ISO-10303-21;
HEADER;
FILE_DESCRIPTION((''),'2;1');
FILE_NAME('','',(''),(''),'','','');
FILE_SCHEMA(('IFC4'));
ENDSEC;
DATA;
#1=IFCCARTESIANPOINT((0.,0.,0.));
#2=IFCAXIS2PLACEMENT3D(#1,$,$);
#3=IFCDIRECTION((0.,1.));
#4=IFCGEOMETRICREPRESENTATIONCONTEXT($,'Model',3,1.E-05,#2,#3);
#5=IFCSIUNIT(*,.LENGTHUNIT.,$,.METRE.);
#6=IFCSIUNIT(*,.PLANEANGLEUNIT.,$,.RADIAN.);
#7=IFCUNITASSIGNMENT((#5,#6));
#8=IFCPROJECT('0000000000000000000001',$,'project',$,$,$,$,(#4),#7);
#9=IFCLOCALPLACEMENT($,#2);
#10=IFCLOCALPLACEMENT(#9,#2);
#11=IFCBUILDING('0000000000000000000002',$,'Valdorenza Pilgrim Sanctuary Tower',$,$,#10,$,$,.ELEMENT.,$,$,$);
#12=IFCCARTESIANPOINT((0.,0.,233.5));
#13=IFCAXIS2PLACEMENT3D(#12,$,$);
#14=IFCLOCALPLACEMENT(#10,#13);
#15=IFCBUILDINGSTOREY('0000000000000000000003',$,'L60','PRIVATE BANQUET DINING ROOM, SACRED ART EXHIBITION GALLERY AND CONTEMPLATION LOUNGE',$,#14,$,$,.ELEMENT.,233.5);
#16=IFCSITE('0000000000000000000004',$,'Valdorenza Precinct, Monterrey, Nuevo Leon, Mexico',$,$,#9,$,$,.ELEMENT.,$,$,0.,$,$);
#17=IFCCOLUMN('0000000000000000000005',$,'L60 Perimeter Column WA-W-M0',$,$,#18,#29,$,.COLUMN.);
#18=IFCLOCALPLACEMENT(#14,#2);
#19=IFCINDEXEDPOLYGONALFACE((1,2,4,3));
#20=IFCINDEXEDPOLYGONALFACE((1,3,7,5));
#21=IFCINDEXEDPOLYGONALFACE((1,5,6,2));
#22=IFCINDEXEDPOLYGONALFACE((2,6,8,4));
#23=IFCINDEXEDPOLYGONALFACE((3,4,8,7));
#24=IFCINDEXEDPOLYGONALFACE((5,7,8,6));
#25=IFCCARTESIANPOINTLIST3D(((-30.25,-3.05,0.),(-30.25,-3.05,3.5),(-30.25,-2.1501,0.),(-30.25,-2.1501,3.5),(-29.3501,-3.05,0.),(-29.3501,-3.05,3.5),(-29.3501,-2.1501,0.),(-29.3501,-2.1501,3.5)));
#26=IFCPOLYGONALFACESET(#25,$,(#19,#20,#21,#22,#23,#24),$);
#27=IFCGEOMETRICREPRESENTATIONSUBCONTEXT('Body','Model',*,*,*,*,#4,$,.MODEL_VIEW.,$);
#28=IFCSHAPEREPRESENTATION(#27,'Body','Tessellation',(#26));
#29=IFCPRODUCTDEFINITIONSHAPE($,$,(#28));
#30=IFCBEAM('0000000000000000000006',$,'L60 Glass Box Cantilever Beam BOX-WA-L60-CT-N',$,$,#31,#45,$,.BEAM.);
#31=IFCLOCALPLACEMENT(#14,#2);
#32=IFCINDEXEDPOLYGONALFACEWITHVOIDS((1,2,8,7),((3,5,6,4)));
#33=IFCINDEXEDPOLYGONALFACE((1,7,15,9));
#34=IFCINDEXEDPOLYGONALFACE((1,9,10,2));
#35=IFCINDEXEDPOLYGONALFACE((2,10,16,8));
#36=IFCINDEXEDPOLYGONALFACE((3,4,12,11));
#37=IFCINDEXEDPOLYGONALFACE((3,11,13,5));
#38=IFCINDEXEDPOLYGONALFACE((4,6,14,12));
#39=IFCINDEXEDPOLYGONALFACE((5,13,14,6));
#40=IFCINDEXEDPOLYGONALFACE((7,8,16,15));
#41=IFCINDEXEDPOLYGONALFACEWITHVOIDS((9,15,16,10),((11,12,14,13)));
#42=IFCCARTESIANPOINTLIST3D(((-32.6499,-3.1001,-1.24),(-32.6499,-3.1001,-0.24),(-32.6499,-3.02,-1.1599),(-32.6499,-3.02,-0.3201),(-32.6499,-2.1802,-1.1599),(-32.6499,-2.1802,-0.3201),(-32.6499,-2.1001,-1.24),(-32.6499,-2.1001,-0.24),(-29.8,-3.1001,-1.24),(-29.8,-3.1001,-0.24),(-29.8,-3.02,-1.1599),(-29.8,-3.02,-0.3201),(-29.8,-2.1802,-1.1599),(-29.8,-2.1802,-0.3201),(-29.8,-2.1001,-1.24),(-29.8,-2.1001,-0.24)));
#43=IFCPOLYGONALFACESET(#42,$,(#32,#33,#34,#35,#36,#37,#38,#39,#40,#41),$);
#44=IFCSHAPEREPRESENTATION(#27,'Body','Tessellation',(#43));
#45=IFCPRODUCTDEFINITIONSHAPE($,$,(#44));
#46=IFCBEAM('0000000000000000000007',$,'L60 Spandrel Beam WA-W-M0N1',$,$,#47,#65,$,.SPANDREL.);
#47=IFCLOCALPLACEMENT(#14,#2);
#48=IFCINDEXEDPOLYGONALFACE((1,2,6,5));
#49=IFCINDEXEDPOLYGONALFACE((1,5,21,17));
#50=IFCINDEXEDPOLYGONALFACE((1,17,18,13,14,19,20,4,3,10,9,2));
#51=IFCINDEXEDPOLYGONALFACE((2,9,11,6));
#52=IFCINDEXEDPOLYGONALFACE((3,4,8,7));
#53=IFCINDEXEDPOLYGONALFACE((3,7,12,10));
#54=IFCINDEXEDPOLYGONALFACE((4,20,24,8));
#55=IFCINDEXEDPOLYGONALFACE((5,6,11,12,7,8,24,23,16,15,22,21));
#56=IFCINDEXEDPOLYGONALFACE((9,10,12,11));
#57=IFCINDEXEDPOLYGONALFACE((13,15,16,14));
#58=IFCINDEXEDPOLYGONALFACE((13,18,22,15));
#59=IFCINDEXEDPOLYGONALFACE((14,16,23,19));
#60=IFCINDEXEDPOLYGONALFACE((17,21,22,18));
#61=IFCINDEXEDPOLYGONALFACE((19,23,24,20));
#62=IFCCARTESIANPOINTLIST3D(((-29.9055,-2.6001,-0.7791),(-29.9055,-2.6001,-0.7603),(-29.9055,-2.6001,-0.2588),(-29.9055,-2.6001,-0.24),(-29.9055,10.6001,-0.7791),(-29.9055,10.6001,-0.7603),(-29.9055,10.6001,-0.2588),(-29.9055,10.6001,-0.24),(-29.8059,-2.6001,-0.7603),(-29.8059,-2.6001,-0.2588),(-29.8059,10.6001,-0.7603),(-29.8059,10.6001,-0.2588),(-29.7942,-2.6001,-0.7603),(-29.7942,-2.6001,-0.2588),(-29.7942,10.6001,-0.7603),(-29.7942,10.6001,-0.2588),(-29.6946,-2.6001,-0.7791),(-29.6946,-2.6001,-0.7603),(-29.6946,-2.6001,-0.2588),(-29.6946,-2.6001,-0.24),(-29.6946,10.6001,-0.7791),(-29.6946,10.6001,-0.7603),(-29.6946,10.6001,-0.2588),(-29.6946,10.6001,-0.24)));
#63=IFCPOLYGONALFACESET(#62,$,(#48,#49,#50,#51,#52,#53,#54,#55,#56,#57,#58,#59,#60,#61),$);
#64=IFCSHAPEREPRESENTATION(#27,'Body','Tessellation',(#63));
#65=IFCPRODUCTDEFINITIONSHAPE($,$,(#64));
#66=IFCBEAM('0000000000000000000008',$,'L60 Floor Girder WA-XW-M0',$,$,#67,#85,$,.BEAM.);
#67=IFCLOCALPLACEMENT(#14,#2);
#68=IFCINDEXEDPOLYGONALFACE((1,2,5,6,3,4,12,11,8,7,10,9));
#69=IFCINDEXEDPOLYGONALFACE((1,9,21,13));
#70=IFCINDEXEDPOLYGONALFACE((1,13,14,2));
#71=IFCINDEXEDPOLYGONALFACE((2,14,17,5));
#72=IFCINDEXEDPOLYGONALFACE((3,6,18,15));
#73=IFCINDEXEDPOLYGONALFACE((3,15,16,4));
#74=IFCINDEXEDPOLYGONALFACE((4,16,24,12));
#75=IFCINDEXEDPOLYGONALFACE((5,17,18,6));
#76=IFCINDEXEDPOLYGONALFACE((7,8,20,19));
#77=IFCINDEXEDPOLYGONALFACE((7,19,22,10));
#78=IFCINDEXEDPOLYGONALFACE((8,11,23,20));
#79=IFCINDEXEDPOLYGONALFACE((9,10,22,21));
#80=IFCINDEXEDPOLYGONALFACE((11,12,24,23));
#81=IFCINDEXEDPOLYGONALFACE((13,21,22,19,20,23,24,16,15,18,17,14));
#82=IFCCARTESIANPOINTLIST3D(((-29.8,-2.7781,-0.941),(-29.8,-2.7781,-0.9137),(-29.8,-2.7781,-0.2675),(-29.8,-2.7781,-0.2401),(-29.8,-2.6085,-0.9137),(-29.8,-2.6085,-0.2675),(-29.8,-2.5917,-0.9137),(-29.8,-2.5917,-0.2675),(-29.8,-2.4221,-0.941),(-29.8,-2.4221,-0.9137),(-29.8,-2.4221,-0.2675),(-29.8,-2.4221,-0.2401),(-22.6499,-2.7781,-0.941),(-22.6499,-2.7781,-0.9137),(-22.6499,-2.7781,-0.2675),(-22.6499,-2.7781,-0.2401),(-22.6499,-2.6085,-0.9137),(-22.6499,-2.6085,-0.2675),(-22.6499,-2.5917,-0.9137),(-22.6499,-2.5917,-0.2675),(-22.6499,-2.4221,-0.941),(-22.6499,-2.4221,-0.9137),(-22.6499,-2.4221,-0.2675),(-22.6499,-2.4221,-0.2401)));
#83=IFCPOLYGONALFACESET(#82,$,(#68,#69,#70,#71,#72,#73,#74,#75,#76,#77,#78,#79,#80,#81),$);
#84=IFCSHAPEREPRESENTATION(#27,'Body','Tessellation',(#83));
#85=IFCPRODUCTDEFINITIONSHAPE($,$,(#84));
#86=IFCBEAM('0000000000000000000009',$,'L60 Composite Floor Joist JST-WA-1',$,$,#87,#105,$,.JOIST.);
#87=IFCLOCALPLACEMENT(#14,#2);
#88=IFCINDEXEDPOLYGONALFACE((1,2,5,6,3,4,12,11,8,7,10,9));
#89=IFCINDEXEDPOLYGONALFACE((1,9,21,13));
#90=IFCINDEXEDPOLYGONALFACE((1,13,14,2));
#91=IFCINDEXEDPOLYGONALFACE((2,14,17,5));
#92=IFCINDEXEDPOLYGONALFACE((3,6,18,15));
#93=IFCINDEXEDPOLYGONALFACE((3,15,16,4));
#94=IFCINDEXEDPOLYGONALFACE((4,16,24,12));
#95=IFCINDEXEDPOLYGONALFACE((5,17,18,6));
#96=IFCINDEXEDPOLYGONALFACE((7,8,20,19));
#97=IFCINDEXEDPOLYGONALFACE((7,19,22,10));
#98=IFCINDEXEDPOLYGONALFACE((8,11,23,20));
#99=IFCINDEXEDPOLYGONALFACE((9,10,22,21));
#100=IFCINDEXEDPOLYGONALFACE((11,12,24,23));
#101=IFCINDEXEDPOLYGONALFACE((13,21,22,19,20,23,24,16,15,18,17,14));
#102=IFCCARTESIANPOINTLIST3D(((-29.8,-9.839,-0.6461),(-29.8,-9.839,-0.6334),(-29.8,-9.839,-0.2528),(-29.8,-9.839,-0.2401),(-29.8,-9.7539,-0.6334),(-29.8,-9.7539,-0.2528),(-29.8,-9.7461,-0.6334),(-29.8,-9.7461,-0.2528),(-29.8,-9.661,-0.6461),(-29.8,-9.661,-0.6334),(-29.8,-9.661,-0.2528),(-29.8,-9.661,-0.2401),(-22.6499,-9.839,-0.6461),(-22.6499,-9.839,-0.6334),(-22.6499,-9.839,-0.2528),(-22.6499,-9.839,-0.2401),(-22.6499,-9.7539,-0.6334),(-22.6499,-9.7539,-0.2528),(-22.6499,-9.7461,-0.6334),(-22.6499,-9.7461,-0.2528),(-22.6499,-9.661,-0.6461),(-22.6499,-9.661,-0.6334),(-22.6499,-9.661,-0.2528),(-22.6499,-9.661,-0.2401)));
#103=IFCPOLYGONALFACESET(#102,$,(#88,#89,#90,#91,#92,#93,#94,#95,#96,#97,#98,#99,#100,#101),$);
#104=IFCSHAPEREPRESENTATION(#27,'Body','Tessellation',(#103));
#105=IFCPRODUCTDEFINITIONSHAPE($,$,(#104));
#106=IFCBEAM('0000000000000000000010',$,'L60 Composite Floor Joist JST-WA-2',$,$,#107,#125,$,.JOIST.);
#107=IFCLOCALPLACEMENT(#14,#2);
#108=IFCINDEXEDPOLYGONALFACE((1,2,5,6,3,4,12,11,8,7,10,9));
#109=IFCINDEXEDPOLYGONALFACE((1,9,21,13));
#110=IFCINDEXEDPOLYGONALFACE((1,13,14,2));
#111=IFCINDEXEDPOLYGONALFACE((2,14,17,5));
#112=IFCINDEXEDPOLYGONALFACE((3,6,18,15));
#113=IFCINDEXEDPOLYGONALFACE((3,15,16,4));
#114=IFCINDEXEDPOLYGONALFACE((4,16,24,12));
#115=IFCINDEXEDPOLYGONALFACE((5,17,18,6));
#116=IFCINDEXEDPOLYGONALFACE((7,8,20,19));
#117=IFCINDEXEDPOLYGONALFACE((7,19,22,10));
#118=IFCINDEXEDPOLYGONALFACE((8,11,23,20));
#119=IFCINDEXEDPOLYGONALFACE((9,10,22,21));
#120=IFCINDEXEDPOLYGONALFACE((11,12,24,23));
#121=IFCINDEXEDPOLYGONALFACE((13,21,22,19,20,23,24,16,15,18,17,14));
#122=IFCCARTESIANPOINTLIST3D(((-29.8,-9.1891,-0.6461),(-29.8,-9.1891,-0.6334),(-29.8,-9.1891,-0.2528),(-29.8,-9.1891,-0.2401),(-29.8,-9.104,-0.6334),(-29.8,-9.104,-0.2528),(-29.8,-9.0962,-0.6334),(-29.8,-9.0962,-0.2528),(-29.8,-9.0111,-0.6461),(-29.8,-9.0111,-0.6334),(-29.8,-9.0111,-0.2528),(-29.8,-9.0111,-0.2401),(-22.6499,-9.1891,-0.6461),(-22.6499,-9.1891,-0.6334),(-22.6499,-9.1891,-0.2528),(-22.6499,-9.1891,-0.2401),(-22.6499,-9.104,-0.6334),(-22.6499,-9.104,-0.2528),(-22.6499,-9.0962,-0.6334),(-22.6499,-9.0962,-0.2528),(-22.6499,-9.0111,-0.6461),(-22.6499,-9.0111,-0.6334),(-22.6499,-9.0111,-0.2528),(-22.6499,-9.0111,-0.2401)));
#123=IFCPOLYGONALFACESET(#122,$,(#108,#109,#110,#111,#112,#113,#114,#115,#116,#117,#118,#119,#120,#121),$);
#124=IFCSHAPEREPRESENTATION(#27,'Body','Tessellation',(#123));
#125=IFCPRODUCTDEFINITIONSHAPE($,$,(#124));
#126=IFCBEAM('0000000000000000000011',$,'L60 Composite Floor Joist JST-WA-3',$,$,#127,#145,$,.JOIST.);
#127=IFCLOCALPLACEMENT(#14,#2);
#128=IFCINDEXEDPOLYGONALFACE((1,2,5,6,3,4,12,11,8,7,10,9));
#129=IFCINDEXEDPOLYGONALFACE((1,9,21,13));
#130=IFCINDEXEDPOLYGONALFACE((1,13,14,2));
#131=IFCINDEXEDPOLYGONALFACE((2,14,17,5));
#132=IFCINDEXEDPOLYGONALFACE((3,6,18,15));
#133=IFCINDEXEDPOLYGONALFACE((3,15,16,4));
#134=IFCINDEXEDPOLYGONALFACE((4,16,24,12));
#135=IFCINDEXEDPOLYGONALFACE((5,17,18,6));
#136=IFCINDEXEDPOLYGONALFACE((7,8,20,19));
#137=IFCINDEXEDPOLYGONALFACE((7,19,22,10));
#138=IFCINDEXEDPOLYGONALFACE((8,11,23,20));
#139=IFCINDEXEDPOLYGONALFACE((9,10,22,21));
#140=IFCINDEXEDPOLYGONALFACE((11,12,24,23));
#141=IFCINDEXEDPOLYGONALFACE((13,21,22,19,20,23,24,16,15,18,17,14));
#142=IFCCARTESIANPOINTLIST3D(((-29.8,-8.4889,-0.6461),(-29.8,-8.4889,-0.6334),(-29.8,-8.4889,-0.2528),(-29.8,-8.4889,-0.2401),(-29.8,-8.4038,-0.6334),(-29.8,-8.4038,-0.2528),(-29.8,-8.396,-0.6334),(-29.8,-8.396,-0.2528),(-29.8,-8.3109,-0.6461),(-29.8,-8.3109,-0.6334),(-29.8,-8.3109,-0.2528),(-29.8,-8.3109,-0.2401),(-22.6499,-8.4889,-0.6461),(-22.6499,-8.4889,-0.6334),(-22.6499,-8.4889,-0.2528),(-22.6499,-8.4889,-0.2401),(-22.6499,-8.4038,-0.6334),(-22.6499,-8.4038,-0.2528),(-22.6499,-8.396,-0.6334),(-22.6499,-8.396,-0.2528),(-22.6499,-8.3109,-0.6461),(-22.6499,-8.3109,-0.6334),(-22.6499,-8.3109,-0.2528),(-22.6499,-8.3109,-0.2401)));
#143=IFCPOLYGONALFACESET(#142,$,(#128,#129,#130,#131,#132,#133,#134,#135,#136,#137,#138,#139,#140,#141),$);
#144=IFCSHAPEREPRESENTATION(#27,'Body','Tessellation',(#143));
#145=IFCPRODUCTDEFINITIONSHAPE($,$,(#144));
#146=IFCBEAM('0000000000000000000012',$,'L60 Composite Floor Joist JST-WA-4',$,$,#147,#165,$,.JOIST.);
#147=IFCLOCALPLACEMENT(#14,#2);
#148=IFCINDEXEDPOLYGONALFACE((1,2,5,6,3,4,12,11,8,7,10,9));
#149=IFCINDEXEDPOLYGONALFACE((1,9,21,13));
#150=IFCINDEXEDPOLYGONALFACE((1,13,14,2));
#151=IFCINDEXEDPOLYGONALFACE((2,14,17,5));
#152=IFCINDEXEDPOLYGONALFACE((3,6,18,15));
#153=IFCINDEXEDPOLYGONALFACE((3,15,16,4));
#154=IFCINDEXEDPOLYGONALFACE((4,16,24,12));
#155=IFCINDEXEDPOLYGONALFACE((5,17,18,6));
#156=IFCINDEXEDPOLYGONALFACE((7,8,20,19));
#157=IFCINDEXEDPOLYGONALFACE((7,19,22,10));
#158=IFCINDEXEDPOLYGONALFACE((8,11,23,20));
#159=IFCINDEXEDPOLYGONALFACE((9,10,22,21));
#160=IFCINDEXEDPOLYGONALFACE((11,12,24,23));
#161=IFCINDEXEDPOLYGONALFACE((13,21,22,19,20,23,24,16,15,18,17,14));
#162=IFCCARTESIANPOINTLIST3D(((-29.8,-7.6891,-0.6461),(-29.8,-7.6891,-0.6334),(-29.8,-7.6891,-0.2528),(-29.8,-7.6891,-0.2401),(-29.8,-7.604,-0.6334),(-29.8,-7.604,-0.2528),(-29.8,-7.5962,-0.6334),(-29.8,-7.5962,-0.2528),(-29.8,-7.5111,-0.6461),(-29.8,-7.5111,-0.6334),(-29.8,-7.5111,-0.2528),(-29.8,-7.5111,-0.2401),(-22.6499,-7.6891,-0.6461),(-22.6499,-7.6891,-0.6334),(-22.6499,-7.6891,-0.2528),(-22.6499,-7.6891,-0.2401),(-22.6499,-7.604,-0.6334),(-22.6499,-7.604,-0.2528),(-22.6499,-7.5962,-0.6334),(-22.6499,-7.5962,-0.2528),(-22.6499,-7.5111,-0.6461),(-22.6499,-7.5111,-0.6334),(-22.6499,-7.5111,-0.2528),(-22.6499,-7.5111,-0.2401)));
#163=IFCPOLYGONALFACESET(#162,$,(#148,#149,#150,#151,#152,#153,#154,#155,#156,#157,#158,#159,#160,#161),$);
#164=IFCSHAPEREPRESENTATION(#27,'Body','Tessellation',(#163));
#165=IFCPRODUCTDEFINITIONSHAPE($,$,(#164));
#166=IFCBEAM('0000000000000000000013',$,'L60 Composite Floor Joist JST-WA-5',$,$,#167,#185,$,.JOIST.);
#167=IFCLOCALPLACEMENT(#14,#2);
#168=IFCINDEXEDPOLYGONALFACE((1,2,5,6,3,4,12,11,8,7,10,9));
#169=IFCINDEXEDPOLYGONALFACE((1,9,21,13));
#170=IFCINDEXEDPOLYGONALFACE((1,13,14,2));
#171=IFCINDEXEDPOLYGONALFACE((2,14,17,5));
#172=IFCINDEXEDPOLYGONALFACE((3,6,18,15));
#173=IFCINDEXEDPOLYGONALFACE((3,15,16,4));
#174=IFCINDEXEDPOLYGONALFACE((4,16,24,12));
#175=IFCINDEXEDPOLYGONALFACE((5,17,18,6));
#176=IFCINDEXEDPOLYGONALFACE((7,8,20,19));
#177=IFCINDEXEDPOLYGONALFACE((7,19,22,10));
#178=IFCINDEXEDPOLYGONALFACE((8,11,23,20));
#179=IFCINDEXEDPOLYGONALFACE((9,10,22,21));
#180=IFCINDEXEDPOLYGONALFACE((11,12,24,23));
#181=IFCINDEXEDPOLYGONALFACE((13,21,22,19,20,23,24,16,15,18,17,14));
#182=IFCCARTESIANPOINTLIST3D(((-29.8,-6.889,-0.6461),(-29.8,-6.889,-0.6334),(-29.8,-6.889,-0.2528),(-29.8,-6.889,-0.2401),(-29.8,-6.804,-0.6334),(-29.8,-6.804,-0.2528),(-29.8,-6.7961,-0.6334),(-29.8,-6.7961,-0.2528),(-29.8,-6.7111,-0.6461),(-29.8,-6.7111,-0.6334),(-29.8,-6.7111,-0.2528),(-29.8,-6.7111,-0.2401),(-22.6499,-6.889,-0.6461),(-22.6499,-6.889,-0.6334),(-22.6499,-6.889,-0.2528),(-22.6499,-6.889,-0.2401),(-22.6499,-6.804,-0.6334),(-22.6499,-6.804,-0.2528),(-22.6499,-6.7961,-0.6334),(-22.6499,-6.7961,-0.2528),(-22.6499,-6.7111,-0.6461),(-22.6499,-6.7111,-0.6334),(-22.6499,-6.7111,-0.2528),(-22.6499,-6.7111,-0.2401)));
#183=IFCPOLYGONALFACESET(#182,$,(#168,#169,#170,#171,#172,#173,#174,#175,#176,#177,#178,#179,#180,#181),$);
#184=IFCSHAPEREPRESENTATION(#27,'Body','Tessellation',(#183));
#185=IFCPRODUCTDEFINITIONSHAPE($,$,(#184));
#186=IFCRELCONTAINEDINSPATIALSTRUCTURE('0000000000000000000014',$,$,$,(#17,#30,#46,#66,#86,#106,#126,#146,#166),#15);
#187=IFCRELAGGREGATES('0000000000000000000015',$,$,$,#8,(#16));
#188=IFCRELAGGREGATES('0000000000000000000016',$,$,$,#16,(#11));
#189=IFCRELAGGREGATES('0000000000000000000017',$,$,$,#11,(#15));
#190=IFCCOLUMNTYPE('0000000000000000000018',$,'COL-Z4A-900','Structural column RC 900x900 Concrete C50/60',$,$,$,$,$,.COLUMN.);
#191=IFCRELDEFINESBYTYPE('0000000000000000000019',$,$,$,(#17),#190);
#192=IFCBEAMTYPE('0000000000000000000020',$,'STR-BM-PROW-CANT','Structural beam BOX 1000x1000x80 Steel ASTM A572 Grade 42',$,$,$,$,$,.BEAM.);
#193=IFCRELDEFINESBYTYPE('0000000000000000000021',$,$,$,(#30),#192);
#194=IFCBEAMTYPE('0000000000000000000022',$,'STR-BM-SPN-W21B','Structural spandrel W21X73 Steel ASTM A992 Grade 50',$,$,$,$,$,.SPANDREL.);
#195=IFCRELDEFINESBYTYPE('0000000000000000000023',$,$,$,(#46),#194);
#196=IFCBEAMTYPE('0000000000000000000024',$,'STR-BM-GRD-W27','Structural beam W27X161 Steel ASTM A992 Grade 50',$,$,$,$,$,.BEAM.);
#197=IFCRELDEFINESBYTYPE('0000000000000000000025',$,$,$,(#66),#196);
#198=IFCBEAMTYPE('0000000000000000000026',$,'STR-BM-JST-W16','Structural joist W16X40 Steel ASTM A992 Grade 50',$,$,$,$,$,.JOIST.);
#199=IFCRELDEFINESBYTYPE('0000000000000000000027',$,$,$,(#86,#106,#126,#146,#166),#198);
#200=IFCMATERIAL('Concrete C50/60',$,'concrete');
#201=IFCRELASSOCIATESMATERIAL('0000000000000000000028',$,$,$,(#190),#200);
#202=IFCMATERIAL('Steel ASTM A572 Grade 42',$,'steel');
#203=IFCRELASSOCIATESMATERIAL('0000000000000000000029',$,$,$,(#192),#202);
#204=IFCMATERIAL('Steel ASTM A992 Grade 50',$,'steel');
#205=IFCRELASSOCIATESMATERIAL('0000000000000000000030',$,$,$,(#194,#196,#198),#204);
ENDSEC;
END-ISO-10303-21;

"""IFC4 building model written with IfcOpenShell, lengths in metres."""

from ifc_helpers import new_model, si_unit, direction, frame, origin, origin_2d, place, context, subcontext, project, spatial, rectangle, hollow_rectangle, i_section, extrude, source, transform, mapped, material, material_profile, profile_set, type_object, element, save


model = new_model("IFC4")

# Units and contexts
model_context = context("Model", 3, precision=1e-05, world=origin(), true_north=direction((0.0, 1.0)))
body_context = subcontext(model_context, "Body", "Model", "MODEL_VIEW")
ifc_project = project(units=[si_unit("LENGTHUNIT", "METRE"), si_unit("PLANEANGLEUNIT", "RADIAN")], contexts=[model_context])

# Site, building, storey
site_placement = place(None, origin())
site = spatial("IfcSite", under=ifc_project, at=site_placement, Name="Valdorenza Precinct, Monterrey, Nuevo Leon, Mexico", CompositionType="ELEMENT", RefElevation=0.0)
building_placement = place(site_placement, origin())
building = spatial("IfcBuilding", under=site, at=building_placement, Name="Valdorenza Pilgrim Sanctuary Tower", CompositionType="ELEMENT")
storey_placement = place(building_placement, frame((0.0, 0.0, 233.5)))
storey = spatial("IfcBuildingStorey", under=building, at=storey_placement, Name="L60", Description="PRIVATE BANQUET DINING ROOM, SACRED ART EXHIBITION GALLERY AND CONTEMPLATION LOUNGE", CompositionType="ELEMENT", Elevation=233.5)

# Column
ifc_material_1 = material(Name="Concrete C50/60", Category="concrete")
ifc_material_profile_1 = material_profile(ifc_material_1, rectangle(XDim=0.8999, YDim=0.8999, at=origin_2d()), Name="RC 900x900")
ifc_profile_set_1 = profile_set([ifc_material_profile_1], Name="Concrete C50/60")
column_type = type_object("IfcColumnType", Name="COL-Z4A-900", Description="Structural column RC 900x900 Concrete C50/60", PredefinedType="COLUMN", material=ifc_profile_set_1)
shared_shape_1 = source(origin(), body_context, "Body", "SweptSolid", [
    extrude(rectangle(XDim=0.8999, YDim=0.8999, at=origin_2d()), origin(), (0.0, 0.0, 1.0), 3.5),
])
column_placement = place(storey_placement, frame((-29.8, -2.6001, 0.0), z_axis=(0.0, 0.0, 1.0), x_axis=(1.0, 0.0, 0.0)))
element("IfcColumn", 1, at=column_placement, inside=storey, type_object=column_type, Name="L60 Perimeter Column WA-W-M0", PredefinedType="COLUMN", context=body_context, shape_type="MappedRepresentation", body=[
    mapped(shared_shape_1, transform((0.0, 0.0, 0.0), x_axis=(1.0, 0.0, 0.0), y_axis=(0.0, 1.0, 0.0), z_axis=(0.0, 0.0, 1.0), scale=1.0)),
])

# Beams
ifc_material_2 = material(Name="Steel ASTM A572 Grade 42", Category="steel")
ifc_material_profile_2 = material_profile(ifc_material_2, hollow_rectangle(XDim=1.0, YDim=1.0, WallThickness=0.0801, at=origin_2d()), Name="BOX 1000x1000x80")
ifc_profile_set_2 = profile_set([ifc_material_profile_2], Name="Steel ASTM A572 Grade 42")
beam_type_1 = type_object("IfcBeamType", Name="STR-BM-PROW-CANT", Description="Structural beam BOX 1000x1000x80 Steel ASTM A572 Grade 42", PredefinedType="BEAM", material=ifc_profile_set_2)
shared_shape_2 = source(origin(), body_context, "Body", "SweptSolid", [
    extrude(hollow_rectangle(XDim=1.0, YDim=1.0, WallThickness=0.0801, at=origin_2d()), origin(), (0.0, 0.0, 1.0), 2.8499),
])
beam_1_placement = place(storey_placement, frame((-29.8, -2.6001, -0.74), z_axis=(-1.0, 0.0, 0.0), x_axis=(0.0, -1.0, 0.0)))
element("IfcBeam", 2, at=beam_1_placement, inside=storey, type_object=beam_type_1, Name="L60 Glass Box Cantilever Beam BOX-WA-L60-CT-N", PredefinedType="BEAM", context=body_context, shape_type="MappedRepresentation", body=[
    mapped(shared_shape_2, transform((0.0, 0.0, 0.0), x_axis=(1.0, 0.0, 0.0), y_axis=(0.0, 1.0, 0.0), z_axis=(0.0, 0.0, 1.0), scale=1.0)),
])
ifc_material_3 = material(Name="Steel ASTM A992 Grade 50", Category="steel")
ifc_material_profile_3 = material_profile(ifc_material_3, i_section(OverallWidth=0.2109, OverallDepth=0.5391, WebThickness=0.0117, FlangeThickness=0.0188, at=origin_2d()), Name="W21X73")
ifc_profile_set_3 = profile_set([ifc_material_profile_3], Name="Steel ASTM A992 Grade 50")
beam_type_2 = type_object("IfcBeamType", Name="STR-BM-SPN-W21B", Description="Structural spandrel W21X73 Steel ASTM A992 Grade 50", PredefinedType="SPANDREL", material=ifc_profile_set_3)
shared_shape_3 = source(origin(), body_context, "Body", "SweptSolid", [
    extrude(i_section(OverallWidth=0.2109, OverallDepth=0.5391, WebThickness=0.0117, FlangeThickness=0.0188, at=origin_2d()), origin(), (0.0, 0.0, 1.0), 13.2002),
])
beam_2_placement = place(storey_placement, frame((-29.8, -2.6001, -0.5095), z_axis=(0.0, 1.0, 0.0), x_axis=(-1.0, 0.0, 0.0)))
element("IfcBeam", 3, at=beam_2_placement, inside=storey, type_object=beam_type_2, Name="L60 Spandrel Beam WA-W-M0N1", PredefinedType="SPANDREL", context=body_context, shape_type="MappedRepresentation", body=[
    mapped(shared_shape_3, transform((0.0, 0.0, 0.0), x_axis=(1.0, 0.0, 0.0), y_axis=(0.0, 1.0, 0.0), z_axis=(0.0, 0.0, 1.0), scale=1.0)),
])
ifc_material_profile_4 = material_profile(ifc_material_3, i_section(OverallWidth=0.356, OverallDepth=0.7009, WebThickness=0.0168, FlangeThickness=0.0273, at=origin_2d()), Name="W27X161")
ifc_profile_set_4 = profile_set([ifc_material_profile_4], Name="Steel ASTM A992 Grade 50")
beam_type_3 = type_object("IfcBeamType", Name="STR-BM-GRD-W27", Description="Structural beam W27X161 Steel ASTM A992 Grade 50", PredefinedType="BEAM", material=ifc_profile_set_4)
shared_shape_4 = source(origin(), body_context, "Body", "SweptSolid", [
    extrude(i_section(OverallWidth=0.356, OverallDepth=0.7009, WebThickness=0.0168, FlangeThickness=0.0273, at=origin_2d()), origin(), (0.0, 0.0, 1.0), 7.1501),
])
beam_3_placement = place(storey_placement, frame((-29.8, -2.6001, -0.5906), z_axis=(1.0, 0.0, 0.0), x_axis=(0.0, 1.0, 0.0)))
element("IfcBeam", 4, at=beam_3_placement, inside=storey, type_object=beam_type_3, Name="L60 Floor Girder WA-XW-M0", PredefinedType="BEAM", context=body_context, shape_type="MappedRepresentation", body=[
    mapped(shared_shape_4, transform((0.0, 0.0, 0.0), x_axis=(1.0, 0.0, 0.0), y_axis=(0.0, 1.0, 0.0), z_axis=(0.0, 0.0, 1.0), scale=1.0)),
])
ifc_material_profile_5 = material_profile(ifc_material_3, i_section(OverallWidth=0.178, OverallDepth=0.406, WebThickness=0.0078, FlangeThickness=0.0127, at=origin_2d()), Name="W16X40")
ifc_profile_set_5 = profile_set([ifc_material_profile_5], Name="Steel ASTM A992 Grade 50")
beam_type_4 = type_object("IfcBeamType", Name="STR-BM-JST-W16", Description="Structural joist W16X40 Steel ASTM A992 Grade 50", PredefinedType="JOIST", material=ifc_profile_set_5)
shared_shape_5 = source(origin(), body_context, "Body", "SweptSolid", [
    extrude(i_section(OverallWidth=0.178, OverallDepth=0.406, WebThickness=0.0078, FlangeThickness=0.0127, at=origin_2d()), origin(), (0.0, 0.0, 1.0), 7.1501),
])
for number, where, z_axis, x_axis, name in (
    (5, (-29.8, -9.75, -0.4431), (1.0, 0.0, 0.0), (0.0, 1.0, 0.0), "L60 Composite Floor Joist JST-WA-1"),
    (6, (-29.8, -9.1001, -0.4431), (1.0, 0.0, 0.0), (0.0, 1.0, 0.0), "L60 Composite Floor Joist JST-WA-2"),
    (7, (-29.8, -8.3999, -0.4431), (1.0, 0.0, 0.0), (0.0, 1.0, 0.0), "L60 Composite Floor Joist JST-WA-3"),
    (8, (-29.8, -7.6001, -0.4431), (1.0, 0.0, 0.0), (0.0, 1.0, 0.0), "L60 Composite Floor Joist JST-WA-4"),
    (9, (-29.8, -6.8, -0.4431), (1.0, 0.0, 0.0), (0.0, 1.0, 0.0), "L60 Composite Floor Joist JST-WA-5"),
):
    element("IfcBeam", number, at=place(storey_placement, frame(where, z_axis=z_axis, x_axis=x_axis)), inside=storey, type_object=beam_type_4, Name=name, PredefinedType="JOIST", context=body_context, shape_type="MappedRepresentation", body=[
        mapped(shared_shape_5, transform((0.0, 0.0, 0.0), x_axis=(1.0, 0.0, 0.0), y_axis=(0.0, 1.0, 0.0), z_axis=(0.0, 0.0, 1.0), scale=1.0)),
    ])

save(model, "model.ifc")
